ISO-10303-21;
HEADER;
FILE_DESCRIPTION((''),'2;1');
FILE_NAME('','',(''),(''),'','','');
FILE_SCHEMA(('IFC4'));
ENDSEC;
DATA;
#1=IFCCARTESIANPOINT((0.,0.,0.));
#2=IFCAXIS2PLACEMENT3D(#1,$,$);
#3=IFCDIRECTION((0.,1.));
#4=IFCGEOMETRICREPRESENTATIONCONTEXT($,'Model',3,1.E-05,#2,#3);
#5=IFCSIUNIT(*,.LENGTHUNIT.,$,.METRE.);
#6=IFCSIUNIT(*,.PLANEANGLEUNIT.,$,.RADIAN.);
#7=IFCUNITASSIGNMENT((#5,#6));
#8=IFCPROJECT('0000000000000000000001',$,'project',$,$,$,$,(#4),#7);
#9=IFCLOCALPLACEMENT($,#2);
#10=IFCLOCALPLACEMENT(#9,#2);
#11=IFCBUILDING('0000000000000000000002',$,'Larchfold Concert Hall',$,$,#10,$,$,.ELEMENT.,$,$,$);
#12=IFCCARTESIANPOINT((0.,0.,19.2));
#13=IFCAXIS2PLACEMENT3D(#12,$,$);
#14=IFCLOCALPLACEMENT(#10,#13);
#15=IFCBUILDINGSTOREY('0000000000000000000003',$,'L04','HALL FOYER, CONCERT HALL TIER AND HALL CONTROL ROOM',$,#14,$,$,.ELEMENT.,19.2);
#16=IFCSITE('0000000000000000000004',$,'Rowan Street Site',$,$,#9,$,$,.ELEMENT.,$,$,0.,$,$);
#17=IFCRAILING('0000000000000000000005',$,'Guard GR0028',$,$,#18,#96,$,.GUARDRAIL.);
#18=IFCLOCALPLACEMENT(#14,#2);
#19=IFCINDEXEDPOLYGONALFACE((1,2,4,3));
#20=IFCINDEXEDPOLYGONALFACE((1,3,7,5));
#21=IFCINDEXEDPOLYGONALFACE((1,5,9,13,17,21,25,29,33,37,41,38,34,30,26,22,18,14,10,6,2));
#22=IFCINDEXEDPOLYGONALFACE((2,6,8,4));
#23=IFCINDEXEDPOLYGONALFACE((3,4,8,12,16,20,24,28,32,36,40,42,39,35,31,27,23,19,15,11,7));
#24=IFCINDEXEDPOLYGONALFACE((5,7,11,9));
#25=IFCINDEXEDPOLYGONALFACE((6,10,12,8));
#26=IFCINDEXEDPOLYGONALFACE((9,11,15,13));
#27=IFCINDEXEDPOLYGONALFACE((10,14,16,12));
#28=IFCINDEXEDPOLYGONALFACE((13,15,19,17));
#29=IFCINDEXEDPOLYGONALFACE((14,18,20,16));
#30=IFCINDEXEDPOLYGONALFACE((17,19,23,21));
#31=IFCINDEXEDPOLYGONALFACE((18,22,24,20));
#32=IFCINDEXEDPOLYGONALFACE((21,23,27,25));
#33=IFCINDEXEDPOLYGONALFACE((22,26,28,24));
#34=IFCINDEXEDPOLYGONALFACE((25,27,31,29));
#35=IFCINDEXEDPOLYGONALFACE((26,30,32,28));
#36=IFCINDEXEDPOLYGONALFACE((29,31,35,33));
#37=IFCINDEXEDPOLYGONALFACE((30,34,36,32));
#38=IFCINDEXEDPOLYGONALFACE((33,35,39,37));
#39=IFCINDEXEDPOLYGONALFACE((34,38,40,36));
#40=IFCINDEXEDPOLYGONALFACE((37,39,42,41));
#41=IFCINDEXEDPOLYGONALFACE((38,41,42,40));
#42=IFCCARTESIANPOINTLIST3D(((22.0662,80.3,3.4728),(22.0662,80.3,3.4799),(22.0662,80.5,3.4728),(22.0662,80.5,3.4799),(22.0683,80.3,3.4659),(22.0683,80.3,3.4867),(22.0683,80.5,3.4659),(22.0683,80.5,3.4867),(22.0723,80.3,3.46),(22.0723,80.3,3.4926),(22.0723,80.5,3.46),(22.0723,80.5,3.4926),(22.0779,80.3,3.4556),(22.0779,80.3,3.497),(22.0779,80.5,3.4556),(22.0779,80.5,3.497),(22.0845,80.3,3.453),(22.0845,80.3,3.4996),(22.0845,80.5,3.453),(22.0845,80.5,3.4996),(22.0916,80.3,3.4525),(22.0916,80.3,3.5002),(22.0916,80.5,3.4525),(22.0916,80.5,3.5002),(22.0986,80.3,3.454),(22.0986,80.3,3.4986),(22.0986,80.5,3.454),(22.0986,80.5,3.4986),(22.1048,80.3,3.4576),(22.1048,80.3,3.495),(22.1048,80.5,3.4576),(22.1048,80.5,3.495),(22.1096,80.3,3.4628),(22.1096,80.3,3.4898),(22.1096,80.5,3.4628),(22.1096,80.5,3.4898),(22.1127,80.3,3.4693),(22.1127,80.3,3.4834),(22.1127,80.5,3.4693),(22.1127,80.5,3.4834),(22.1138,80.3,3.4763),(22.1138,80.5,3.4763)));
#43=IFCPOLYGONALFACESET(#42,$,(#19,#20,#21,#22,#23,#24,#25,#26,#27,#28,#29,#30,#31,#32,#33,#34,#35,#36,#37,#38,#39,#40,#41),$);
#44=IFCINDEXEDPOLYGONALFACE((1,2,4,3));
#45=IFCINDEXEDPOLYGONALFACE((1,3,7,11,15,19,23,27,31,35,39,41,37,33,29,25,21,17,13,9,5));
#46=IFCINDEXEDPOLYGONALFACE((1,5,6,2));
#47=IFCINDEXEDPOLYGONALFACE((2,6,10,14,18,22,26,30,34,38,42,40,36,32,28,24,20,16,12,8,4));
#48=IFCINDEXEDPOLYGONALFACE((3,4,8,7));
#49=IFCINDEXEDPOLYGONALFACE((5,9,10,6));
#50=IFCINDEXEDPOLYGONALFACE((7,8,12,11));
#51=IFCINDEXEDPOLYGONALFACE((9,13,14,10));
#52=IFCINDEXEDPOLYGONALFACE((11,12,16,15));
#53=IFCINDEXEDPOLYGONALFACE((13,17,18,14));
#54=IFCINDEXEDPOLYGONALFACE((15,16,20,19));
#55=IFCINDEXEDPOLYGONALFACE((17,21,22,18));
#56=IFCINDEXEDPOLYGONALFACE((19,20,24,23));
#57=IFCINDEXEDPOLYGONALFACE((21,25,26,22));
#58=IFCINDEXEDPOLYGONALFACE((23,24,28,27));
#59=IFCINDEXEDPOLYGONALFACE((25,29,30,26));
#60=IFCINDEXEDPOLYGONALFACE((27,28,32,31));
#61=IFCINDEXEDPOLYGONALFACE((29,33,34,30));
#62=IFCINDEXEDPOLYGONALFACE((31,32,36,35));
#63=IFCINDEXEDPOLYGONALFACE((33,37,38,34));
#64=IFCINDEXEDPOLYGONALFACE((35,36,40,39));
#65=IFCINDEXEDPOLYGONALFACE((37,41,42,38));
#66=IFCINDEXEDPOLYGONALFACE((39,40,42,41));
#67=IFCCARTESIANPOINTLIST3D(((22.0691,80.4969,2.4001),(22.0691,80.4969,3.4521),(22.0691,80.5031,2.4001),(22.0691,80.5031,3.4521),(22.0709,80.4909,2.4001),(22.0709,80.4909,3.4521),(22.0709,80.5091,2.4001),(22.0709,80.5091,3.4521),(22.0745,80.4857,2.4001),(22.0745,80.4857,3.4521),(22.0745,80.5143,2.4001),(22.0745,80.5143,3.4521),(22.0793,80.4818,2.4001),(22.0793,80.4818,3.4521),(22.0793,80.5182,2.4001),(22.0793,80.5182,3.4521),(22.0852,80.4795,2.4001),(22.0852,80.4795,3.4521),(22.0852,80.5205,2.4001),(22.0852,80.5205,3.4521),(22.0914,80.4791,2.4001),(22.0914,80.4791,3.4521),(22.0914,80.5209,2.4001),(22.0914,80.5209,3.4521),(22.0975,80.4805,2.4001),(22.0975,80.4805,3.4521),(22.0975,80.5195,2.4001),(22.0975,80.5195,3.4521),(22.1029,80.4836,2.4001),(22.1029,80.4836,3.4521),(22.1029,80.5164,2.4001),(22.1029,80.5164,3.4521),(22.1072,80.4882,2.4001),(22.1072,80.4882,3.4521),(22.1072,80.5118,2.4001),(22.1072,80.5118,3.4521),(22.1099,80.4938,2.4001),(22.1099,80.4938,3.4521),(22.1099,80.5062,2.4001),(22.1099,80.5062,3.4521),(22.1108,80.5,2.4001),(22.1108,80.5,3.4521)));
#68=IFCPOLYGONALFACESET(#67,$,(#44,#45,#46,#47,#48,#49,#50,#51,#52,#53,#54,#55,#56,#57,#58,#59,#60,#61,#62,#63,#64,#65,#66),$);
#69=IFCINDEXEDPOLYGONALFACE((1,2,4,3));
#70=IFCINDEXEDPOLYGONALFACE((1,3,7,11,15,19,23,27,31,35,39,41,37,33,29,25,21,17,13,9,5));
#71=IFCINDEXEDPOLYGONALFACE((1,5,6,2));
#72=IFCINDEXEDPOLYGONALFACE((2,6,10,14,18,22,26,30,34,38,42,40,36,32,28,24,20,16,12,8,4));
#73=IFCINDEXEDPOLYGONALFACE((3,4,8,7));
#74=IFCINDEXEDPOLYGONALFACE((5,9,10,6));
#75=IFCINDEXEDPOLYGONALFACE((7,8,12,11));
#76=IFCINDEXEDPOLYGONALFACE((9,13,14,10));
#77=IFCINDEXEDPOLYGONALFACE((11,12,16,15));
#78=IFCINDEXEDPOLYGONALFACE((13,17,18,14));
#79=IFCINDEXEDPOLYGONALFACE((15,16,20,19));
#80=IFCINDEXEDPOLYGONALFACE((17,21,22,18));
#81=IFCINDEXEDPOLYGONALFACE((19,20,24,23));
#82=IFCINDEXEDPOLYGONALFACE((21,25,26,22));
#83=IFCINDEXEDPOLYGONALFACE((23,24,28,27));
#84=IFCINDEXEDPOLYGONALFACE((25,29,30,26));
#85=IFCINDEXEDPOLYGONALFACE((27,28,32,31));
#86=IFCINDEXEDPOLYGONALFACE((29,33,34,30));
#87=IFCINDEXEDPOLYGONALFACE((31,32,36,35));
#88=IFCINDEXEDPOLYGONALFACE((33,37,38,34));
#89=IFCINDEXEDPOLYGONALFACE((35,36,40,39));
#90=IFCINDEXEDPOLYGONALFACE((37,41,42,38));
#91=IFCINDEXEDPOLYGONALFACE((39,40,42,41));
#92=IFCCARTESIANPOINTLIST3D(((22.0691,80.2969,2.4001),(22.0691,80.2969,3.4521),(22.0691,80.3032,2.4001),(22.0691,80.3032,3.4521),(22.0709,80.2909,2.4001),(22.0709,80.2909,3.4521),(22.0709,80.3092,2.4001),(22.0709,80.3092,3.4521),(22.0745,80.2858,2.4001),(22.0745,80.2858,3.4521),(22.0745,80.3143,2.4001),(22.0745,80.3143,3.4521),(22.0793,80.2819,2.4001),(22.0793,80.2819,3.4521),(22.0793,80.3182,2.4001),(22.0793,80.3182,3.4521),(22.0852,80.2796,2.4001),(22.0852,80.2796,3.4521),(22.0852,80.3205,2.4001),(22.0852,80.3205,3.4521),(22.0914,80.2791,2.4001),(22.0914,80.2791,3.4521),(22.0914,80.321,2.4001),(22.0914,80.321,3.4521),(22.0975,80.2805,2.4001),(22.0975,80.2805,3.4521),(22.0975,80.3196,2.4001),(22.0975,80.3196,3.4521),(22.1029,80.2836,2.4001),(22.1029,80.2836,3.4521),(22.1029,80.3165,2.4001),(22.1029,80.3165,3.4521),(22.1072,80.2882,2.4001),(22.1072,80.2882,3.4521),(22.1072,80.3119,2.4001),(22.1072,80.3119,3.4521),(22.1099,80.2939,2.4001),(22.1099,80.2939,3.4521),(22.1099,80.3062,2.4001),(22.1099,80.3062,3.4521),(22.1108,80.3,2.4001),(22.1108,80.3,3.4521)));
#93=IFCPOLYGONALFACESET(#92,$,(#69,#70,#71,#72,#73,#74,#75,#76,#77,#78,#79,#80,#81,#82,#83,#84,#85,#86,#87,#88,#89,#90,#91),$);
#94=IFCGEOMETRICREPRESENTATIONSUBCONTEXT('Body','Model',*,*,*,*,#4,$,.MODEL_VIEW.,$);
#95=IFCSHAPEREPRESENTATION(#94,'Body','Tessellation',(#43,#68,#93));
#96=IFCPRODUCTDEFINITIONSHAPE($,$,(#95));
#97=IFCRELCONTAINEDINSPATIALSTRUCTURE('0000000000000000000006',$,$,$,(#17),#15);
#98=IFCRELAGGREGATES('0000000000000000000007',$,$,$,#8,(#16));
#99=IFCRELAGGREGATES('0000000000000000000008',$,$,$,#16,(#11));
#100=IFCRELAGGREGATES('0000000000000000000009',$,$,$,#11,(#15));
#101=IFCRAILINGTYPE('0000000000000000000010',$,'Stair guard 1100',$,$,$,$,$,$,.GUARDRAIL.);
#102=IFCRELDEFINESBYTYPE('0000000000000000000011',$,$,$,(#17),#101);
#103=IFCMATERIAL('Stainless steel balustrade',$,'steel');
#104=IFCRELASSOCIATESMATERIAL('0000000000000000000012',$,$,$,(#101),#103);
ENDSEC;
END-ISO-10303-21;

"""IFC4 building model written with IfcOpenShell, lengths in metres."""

from ifc_helpers import new_model, si_unit, direction, frame, origin, origin_2d, place, context, subcontext, project, spatial, circle, extrude, material, type_object, element, save


model = new_model("IFC4")

# Units and contexts
model_context = context("Model", 3, precision=1e-05, world=origin(), true_north=direction((0.0, 1.0)))
body_context = subcontext(model_context, "Body", "Model", "MODEL_VIEW")
ifc_project = project(units=[si_unit("LENGTHUNIT", "METRE"), si_unit("PLANEANGLEUNIT", "RADIAN")], contexts=[model_context])

# Site, building, storey
site_placement = place(None, origin())
site = spatial("IfcSite", under=ifc_project, at=site_placement, Name="Rowan Street Site", CompositionType="ELEMENT", RefElevation=0.0)
building_placement = place(site_placement, origin())
building = spatial("IfcBuilding", under=site, at=building_placement, Name="Larchfold Concert Hall", CompositionType="ELEMENT")
storey_placement = place(building_placement, frame((0.0, 0.0, 19.2)))
storey = spatial("IfcBuildingStorey", under=building, at=storey_placement, Name="L04", Description="HALL FOYER, CONCERT HALL TIER AND HALL CONTROL ROOM", CompositionType="ELEMENT", Elevation=19.2)

# Railing
ifc_material_1 = material(Name="Stainless steel balustrade", Category="steel")
railing_type_1 = type_object("IfcRailingType", Name="Stair guard 1100", PredefinedType="GUARDRAIL", material=ifc_material_1)
railing_1_placement = place(storey_placement, frame((22.0898, 80.5, 2.4001)))
element("IfcRailing", 1, at=railing_1_placement, inside=storey, type_object=railing_type_1, Name="Guard GR0028", PredefinedType="GUARDRAIL", context=body_context, shape_type="SweptSolid", body=[
    extrude(circle(Radius=0.0239, at=origin_2d()), frame((0.0, 0.0, 1.0762), z_axis=(0.0, -1.0, 0.0), x_axis=(1.0, 0.0, 0.0)), (0.0, 0.0, 1.0), 0.2),
    extrude(circle(Radius=0.021, at=origin_2d()), origin(), (0.0, 0.0, 1.0), 1.052),
    extrude(circle(Radius=0.021, at=origin_2d()), frame((0.0, -0.2, 0.0)), (0.0, 0.0, 1.0), 1.052),
])

save(model, "model.ifc")
